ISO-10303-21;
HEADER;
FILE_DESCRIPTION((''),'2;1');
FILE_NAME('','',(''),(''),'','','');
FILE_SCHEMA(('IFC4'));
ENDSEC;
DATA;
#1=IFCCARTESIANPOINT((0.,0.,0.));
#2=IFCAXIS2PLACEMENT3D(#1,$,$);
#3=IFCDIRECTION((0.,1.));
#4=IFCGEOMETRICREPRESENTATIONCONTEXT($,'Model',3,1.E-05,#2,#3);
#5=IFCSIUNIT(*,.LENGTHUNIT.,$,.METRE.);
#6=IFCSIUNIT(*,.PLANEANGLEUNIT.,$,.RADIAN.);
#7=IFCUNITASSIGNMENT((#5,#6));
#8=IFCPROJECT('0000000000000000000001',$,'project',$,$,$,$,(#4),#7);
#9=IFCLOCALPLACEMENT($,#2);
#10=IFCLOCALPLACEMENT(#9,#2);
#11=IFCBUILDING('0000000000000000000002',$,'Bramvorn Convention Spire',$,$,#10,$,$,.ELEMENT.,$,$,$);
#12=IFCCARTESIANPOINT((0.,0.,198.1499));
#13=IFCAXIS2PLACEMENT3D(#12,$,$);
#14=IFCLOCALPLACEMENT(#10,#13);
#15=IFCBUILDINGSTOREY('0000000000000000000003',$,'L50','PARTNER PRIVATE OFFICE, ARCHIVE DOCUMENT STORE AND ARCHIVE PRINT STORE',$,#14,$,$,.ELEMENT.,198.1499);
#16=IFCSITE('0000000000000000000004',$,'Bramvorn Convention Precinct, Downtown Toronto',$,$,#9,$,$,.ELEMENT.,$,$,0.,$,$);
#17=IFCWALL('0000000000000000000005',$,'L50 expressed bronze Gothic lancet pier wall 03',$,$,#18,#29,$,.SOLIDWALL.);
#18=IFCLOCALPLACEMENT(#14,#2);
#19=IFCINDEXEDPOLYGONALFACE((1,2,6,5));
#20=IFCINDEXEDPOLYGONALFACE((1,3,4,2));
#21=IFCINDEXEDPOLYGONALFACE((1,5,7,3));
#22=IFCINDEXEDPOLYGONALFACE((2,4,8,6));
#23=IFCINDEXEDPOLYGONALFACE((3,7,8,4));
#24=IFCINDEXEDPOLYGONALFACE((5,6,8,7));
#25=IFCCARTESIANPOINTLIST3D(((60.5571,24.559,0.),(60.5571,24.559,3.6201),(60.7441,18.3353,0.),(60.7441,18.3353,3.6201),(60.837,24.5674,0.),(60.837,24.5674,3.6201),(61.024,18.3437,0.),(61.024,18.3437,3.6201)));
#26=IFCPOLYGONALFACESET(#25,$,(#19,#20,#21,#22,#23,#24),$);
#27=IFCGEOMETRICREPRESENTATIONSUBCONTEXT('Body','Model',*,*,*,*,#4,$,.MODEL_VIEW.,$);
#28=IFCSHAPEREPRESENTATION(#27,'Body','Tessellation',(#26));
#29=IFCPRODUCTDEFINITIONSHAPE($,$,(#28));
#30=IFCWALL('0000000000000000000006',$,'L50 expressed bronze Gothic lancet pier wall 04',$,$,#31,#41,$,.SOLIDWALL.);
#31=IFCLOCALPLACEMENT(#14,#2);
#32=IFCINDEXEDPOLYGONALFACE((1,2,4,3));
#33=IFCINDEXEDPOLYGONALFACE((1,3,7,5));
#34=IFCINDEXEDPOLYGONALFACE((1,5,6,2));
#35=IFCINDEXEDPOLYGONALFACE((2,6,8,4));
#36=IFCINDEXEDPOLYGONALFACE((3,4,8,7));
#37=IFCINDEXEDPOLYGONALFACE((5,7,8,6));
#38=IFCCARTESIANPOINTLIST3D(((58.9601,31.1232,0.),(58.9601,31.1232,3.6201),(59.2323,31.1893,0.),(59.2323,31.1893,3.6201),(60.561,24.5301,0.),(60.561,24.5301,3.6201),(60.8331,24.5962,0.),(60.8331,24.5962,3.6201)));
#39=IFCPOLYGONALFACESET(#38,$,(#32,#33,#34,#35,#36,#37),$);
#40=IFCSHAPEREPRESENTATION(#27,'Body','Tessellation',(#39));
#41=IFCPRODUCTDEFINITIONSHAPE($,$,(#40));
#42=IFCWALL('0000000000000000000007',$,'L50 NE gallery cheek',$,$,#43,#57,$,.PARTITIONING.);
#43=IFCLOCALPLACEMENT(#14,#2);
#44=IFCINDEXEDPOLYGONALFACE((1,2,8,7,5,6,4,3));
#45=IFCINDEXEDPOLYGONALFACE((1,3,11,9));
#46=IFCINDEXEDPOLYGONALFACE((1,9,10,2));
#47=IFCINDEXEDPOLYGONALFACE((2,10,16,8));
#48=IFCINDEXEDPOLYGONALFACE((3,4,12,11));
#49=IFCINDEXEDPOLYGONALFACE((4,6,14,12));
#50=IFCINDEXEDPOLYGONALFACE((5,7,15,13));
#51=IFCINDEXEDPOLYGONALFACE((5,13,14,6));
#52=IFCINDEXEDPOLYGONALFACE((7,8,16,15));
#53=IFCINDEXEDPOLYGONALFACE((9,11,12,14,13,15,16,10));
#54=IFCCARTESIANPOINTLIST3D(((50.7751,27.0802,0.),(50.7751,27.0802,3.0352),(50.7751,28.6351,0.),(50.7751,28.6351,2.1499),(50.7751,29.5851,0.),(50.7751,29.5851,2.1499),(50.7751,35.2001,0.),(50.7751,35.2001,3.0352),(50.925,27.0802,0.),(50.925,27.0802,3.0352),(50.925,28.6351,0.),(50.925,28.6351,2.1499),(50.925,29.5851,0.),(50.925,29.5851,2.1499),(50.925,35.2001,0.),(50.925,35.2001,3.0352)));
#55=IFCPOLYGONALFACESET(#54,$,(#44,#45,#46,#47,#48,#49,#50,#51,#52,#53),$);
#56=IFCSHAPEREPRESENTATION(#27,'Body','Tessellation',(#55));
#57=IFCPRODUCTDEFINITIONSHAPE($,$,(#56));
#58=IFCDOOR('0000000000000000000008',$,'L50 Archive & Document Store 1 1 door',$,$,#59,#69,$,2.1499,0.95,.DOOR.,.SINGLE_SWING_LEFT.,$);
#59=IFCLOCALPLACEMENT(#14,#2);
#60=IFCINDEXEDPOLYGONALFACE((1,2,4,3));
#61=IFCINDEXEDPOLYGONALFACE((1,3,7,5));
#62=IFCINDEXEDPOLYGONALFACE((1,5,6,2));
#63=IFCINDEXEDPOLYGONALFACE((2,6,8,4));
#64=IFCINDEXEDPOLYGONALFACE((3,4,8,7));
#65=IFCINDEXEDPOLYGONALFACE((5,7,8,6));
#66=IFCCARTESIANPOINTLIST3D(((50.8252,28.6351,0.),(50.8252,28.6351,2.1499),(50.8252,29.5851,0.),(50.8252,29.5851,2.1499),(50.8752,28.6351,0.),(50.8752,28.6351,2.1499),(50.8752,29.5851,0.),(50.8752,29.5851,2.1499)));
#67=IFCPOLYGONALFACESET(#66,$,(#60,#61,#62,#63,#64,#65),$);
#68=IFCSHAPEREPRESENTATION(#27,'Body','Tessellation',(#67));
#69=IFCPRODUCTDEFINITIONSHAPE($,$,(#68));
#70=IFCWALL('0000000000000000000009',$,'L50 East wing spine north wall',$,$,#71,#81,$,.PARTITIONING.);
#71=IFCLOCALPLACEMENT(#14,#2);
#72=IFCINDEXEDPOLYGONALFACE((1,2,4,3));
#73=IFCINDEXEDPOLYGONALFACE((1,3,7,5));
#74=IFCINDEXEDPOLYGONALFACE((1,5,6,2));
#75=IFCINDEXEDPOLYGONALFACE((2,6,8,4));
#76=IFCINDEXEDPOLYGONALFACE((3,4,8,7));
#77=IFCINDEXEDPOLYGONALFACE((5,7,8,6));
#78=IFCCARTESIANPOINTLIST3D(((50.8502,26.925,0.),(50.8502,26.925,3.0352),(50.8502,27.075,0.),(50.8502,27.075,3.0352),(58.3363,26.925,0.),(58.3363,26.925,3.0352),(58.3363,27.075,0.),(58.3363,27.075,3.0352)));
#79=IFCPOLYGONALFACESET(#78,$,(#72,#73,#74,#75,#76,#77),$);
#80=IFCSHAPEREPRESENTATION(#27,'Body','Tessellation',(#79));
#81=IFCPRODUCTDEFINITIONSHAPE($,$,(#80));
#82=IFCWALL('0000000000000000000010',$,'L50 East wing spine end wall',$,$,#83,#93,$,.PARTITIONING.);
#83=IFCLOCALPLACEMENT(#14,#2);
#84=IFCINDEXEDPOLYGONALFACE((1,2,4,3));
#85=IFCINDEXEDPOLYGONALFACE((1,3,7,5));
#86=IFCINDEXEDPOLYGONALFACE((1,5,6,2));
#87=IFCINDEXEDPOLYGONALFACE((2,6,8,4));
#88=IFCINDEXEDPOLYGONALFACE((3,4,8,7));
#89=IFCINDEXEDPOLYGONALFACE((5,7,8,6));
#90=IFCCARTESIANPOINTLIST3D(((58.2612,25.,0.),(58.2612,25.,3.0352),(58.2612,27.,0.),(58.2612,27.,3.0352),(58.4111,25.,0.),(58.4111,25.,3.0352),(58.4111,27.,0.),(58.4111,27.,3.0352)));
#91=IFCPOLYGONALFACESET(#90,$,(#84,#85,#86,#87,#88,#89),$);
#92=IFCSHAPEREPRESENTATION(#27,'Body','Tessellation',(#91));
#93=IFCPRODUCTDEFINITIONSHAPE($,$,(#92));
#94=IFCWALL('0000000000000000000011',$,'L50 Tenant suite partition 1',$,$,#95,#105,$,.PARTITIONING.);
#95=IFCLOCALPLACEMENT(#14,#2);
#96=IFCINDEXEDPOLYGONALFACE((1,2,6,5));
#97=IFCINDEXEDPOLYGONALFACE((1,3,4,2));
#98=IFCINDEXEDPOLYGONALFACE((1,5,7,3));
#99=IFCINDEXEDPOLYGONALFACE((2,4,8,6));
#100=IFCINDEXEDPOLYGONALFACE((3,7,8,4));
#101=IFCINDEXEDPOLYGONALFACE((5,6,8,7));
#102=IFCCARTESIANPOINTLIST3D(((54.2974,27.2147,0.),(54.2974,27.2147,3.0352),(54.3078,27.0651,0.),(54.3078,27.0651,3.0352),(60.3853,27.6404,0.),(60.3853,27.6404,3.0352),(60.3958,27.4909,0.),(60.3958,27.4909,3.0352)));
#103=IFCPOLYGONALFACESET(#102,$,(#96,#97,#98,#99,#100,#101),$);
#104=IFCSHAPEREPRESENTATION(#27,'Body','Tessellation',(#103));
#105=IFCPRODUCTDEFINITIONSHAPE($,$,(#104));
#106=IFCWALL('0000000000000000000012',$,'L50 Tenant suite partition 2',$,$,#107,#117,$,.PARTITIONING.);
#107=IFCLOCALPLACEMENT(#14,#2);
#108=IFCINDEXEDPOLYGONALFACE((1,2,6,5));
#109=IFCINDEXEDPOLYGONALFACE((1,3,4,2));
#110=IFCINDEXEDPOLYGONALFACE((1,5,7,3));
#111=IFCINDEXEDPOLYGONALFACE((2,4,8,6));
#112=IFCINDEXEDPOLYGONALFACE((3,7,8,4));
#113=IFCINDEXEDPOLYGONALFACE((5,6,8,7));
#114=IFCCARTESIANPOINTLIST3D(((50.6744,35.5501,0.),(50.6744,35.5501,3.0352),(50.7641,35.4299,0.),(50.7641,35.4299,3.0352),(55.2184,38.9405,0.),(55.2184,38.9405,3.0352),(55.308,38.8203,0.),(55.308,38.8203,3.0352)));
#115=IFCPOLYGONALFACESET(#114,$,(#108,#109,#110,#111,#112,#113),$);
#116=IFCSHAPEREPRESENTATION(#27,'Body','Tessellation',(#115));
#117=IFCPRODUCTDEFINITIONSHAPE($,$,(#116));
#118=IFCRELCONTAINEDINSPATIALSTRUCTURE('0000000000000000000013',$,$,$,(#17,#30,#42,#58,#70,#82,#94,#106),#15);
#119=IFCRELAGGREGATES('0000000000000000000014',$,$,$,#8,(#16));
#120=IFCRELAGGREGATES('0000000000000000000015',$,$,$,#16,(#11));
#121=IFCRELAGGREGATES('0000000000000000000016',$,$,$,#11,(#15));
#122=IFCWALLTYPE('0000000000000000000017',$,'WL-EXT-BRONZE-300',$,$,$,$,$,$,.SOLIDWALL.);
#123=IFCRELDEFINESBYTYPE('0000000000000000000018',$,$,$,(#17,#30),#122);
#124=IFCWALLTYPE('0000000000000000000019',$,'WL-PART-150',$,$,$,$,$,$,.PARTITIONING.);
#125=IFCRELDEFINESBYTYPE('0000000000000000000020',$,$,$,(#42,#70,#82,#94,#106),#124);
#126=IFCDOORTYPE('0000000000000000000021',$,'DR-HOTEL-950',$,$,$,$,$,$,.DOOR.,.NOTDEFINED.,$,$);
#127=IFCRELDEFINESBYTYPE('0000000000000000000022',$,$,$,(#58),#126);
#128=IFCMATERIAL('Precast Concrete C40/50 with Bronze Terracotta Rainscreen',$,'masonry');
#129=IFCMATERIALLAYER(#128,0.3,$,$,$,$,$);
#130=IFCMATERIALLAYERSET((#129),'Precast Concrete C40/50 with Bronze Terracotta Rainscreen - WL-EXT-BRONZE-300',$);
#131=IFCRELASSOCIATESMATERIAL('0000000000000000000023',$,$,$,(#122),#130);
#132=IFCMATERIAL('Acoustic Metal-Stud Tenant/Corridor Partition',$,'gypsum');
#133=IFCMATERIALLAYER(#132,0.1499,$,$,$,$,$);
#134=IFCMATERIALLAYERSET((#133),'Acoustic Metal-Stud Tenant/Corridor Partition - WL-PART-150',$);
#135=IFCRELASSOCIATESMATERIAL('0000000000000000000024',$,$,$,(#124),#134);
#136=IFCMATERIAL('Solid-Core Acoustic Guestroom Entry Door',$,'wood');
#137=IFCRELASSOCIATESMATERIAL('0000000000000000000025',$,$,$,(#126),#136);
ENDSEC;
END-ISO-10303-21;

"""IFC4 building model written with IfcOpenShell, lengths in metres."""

from ifc_helpers import new_model, si_unit, direction, frame, frame_2d, origin, place, context, subcontext, project, spatial, rectangle, extrude, material, layer, layer_set, type_object, element, fill, save


model = new_model("IFC4")

# Units and contexts
model_context = context("Model", 3, precision=1e-05, world=origin(), true_north=direction((0.0, 1.0)))
body_context = subcontext(model_context, "Body", "Model", "MODEL_VIEW")
ifc_project = project(units=[si_unit("LENGTHUNIT", "METRE"), si_unit("PLANEANGLEUNIT", "RADIAN")], contexts=[model_context])

# Site, building, storey
site_placement = place(None, origin())
site = spatial("IfcSite", under=ifc_project, at=site_placement, Name="Bramvorn Convention Precinct, Downtown Toronto", CompositionType="ELEMENT", RefElevation=0.0)
building_placement = place(site_placement, origin())
building = spatial("IfcBuilding", under=site, at=building_placement, Name="Bramvorn Convention Spire", CompositionType="ELEMENT")
storey_placement = place(building_placement, frame((0.0, 0.0, 198.1499)))
storey = spatial("IfcBuildingStorey", under=building, at=storey_placement, Name="L50", Description="PARTNER PRIVATE OFFICE, ARCHIVE DOCUMENT STORE AND ARCHIVE PRINT STORE", CompositionType="ELEMENT", Elevation=198.1499)

# Walls
ifc_material_1 = material(Name="Precast Concrete C40/50 with Bronze Terracotta Rainscreen", Category="masonry")
ifc_layer_1 = layer(ifc_material_1, 0.3)
ifc_layer_set_1 = layer_set([ifc_layer_1], Name="Precast Concrete C40/50 with Bronze Terracotta Rainscreen - WL-EXT-BRONZE-300")
wall_type_1 = type_object("IfcWallType", Name="WL-EXT-BRONZE-300", PredefinedType="SOLIDWALL", material=ifc_layer_set_1)
wall_1_placement = place(storey_placement, frame((60.697, 24.5632, 0.0), z_axis=(0.0, 0.0, 1.0), x_axis=(0.030035, -0.999549, 0.0)))
element("IfcWall", 1, at=wall_1_placement, inside=storey, type_object=wall_type_1, Name="L50 expressed bronze Gothic lancet pier wall 03", PredefinedType="SOLIDWALL", context=body_context, shape_type="SweptSolid", body=[
    extrude(rectangle(XDim=6.2266, YDim=0.28, at=frame_2d((3.1133, 0.0))), origin(), (0.0, 0.0, 1.0), 3.6201),
])
wall_2_placement = place(storey_placement, frame((59.0962, 31.1562, 0.0), z_axis=(0.0, 0.0, 1.0), x_axis=(0.235951, -0.971765, 0.0)))
element("IfcWall", 2, at=wall_2_placement, inside=storey, type_object=wall_type_1, Name="L50 expressed bronze Gothic lancet pier wall 04", PredefinedType="SOLIDWALL", context=body_context, shape_type="SweptSolid", body=[
    extrude(rectangle(XDim=6.7847, YDim=0.28, at=frame_2d((3.3923, 0.0))), origin(), (0.0, 0.0, 1.0), 3.6201),
])

# Wall, opening, door
ifc_material_2 = material(Name="Acoustic Metal-Stud Tenant/Corridor Partition", Category="gypsum")
ifc_layer_2 = layer(ifc_material_2, 0.1499)
ifc_layer_set_2 = layer_set([ifc_layer_2], Name="Acoustic Metal-Stud Tenant/Corridor Partition - WL-PART-150")
wall_type_2 = type_object("IfcWallType", Name="WL-PART-150", PredefinedType="PARTITIONING", material=ifc_layer_set_2)
wall_3_placement = place(storey_placement, frame((50.8501, 27.0801, 0.0), z_axis=(0.0, 0.0, 1.0), x_axis=(0.0, 1.0, 0.0)))
wall_3 = element("IfcWall", 3, at=wall_3_placement, inside=storey, type_object=wall_type_2, Name="L50 NE gallery cheek", PredefinedType="PARTITIONING", context=body_context, shape_type="SweptSolid", body=[
    extrude(rectangle(XDim=8.1199, YDim=0.1499, at=frame_2d((4.0601, 0.0))), origin(), (0.0, 0.0, 1.0), 3.0352),
])
opening_placement = place(wall_3_placement, frame((1.5549, 0.0, 0.0)))
opening = element("IfcOpeningElement", 4, at=opening_placement, cuts=wall_3, PredefinedType="OPENING", context=body_context, shape_type="SweptSolid", body=[
    extrude(rectangle(XDim=0.95, YDim=2.1499, at=frame_2d((0.4751, 1.075))), frame((0.0, 0.085, 0.0), z_axis=(0.0, -1.0, 0.0), x_axis=(1.0, 0.0, 0.0)), (0.0, 0.0, 1.0), 0.1699),
])
ifc_material_3 = material(Name="Solid-Core Acoustic Guestroom Entry Door", Category="wood")
door_type = type_object("IfcDoorType", Name="DR-HOTEL-950", OperationType="NOTDEFINED", PredefinedType="DOOR", material=ifc_material_3)
door_placement = place(opening_placement, origin())
door = element("IfcDoor", 5, at=door_placement, inside=storey, type_object=door_type, Name="L50 Archive & Document Store 1 1 door", OperationType="SINGLE_SWING_LEFT", OverallHeight=2.1499, OverallWidth=0.95, PredefinedType="DOOR", context=body_context, shape_type="SweptSolid", body=[
    extrude(rectangle(XDim=0.95, YDim=2.1499, at=frame_2d((0.4751, 1.075))), frame((0.0, 0.0249, 0.0), z_axis=(0.0, -1.0, 0.0), x_axis=(1.0, 0.0, 0.0)), (0.0, 0.0, 1.0), 0.05),
])
fill(opening, door)

# Walls
wall_4_placement = place(storey_placement, frame((50.8501, 27.0, 0.0), z_axis=(0.0, 0.0, 1.0), x_axis=(1.0, 0.0, 0.0)))
element("IfcWall", 6, at=wall_4_placement, inside=storey, type_object=wall_type_2, Name="L50 East wing spine north wall", PredefinedType="PARTITIONING", context=body_context, shape_type="SweptSolid", body=[
    extrude(rectangle(XDim=7.4861, YDim=0.1499, at=frame_2d((3.7432, 0.0))), origin(), (0.0, 0.0, 1.0), 3.0352),
])
wall_5_placement = place(storey_placement, frame((58.3362, 25.0, 0.0), z_axis=(0.0, 0.0, 1.0), x_axis=(0.0, 1.0, 0.0)))
element("IfcWall", 7, at=wall_5_placement, inside=storey, type_object=wall_type_2, Name="L50 East wing spine end wall", PredefinedType="PARTITIONING", context=body_context, shape_type="SweptSolid", body=[
    extrude(rectangle(XDim=2.0, YDim=0.1499, at=frame_2d((1.0, 0.0))), origin(), (0.0, 0.0, 1.0), 3.0352),
])
wall_6_placement = place(storey_placement, frame((54.3027, 27.1399, 0.0), z_axis=(0.0, 0.0, 1.0), x_axis=(0.997563, 0.069769, 0.0)))
element("IfcWall", 8, at=wall_6_placement, inside=storey, type_object=wall_type_2, Name="L50 Tenant suite partition 1", PredefinedType="PARTITIONING", context=body_context, shape_type="SweptSolid", body=[
    extrude(rectangle(XDim=6.1028, YDim=0.1499, at=frame_2d((3.0513, 0.0))), origin(), (0.0, 0.0, 1.0), 3.0352),
])
wall_7_placement = place(storey_placement, frame((50.7192, 35.49, 0.0), z_axis=(0.0, 0.0, 1.0), x_axis=(0.801486, 0.598014, 0.0)))
element("IfcWall", 9, at=wall_7_placement, inside=storey, type_object=wall_type_2, Name="L50 Tenant suite partition 2", PredefinedType="PARTITIONING", context=body_context, shape_type="SweptSolid", body=[
    extrude(rectangle(XDim=5.6694, YDim=0.1499, at=frame_2d((2.8347, 0.0))), origin(), (0.0, 0.0, 1.0), 3.0352),
])

save(model, "model.ifc")
